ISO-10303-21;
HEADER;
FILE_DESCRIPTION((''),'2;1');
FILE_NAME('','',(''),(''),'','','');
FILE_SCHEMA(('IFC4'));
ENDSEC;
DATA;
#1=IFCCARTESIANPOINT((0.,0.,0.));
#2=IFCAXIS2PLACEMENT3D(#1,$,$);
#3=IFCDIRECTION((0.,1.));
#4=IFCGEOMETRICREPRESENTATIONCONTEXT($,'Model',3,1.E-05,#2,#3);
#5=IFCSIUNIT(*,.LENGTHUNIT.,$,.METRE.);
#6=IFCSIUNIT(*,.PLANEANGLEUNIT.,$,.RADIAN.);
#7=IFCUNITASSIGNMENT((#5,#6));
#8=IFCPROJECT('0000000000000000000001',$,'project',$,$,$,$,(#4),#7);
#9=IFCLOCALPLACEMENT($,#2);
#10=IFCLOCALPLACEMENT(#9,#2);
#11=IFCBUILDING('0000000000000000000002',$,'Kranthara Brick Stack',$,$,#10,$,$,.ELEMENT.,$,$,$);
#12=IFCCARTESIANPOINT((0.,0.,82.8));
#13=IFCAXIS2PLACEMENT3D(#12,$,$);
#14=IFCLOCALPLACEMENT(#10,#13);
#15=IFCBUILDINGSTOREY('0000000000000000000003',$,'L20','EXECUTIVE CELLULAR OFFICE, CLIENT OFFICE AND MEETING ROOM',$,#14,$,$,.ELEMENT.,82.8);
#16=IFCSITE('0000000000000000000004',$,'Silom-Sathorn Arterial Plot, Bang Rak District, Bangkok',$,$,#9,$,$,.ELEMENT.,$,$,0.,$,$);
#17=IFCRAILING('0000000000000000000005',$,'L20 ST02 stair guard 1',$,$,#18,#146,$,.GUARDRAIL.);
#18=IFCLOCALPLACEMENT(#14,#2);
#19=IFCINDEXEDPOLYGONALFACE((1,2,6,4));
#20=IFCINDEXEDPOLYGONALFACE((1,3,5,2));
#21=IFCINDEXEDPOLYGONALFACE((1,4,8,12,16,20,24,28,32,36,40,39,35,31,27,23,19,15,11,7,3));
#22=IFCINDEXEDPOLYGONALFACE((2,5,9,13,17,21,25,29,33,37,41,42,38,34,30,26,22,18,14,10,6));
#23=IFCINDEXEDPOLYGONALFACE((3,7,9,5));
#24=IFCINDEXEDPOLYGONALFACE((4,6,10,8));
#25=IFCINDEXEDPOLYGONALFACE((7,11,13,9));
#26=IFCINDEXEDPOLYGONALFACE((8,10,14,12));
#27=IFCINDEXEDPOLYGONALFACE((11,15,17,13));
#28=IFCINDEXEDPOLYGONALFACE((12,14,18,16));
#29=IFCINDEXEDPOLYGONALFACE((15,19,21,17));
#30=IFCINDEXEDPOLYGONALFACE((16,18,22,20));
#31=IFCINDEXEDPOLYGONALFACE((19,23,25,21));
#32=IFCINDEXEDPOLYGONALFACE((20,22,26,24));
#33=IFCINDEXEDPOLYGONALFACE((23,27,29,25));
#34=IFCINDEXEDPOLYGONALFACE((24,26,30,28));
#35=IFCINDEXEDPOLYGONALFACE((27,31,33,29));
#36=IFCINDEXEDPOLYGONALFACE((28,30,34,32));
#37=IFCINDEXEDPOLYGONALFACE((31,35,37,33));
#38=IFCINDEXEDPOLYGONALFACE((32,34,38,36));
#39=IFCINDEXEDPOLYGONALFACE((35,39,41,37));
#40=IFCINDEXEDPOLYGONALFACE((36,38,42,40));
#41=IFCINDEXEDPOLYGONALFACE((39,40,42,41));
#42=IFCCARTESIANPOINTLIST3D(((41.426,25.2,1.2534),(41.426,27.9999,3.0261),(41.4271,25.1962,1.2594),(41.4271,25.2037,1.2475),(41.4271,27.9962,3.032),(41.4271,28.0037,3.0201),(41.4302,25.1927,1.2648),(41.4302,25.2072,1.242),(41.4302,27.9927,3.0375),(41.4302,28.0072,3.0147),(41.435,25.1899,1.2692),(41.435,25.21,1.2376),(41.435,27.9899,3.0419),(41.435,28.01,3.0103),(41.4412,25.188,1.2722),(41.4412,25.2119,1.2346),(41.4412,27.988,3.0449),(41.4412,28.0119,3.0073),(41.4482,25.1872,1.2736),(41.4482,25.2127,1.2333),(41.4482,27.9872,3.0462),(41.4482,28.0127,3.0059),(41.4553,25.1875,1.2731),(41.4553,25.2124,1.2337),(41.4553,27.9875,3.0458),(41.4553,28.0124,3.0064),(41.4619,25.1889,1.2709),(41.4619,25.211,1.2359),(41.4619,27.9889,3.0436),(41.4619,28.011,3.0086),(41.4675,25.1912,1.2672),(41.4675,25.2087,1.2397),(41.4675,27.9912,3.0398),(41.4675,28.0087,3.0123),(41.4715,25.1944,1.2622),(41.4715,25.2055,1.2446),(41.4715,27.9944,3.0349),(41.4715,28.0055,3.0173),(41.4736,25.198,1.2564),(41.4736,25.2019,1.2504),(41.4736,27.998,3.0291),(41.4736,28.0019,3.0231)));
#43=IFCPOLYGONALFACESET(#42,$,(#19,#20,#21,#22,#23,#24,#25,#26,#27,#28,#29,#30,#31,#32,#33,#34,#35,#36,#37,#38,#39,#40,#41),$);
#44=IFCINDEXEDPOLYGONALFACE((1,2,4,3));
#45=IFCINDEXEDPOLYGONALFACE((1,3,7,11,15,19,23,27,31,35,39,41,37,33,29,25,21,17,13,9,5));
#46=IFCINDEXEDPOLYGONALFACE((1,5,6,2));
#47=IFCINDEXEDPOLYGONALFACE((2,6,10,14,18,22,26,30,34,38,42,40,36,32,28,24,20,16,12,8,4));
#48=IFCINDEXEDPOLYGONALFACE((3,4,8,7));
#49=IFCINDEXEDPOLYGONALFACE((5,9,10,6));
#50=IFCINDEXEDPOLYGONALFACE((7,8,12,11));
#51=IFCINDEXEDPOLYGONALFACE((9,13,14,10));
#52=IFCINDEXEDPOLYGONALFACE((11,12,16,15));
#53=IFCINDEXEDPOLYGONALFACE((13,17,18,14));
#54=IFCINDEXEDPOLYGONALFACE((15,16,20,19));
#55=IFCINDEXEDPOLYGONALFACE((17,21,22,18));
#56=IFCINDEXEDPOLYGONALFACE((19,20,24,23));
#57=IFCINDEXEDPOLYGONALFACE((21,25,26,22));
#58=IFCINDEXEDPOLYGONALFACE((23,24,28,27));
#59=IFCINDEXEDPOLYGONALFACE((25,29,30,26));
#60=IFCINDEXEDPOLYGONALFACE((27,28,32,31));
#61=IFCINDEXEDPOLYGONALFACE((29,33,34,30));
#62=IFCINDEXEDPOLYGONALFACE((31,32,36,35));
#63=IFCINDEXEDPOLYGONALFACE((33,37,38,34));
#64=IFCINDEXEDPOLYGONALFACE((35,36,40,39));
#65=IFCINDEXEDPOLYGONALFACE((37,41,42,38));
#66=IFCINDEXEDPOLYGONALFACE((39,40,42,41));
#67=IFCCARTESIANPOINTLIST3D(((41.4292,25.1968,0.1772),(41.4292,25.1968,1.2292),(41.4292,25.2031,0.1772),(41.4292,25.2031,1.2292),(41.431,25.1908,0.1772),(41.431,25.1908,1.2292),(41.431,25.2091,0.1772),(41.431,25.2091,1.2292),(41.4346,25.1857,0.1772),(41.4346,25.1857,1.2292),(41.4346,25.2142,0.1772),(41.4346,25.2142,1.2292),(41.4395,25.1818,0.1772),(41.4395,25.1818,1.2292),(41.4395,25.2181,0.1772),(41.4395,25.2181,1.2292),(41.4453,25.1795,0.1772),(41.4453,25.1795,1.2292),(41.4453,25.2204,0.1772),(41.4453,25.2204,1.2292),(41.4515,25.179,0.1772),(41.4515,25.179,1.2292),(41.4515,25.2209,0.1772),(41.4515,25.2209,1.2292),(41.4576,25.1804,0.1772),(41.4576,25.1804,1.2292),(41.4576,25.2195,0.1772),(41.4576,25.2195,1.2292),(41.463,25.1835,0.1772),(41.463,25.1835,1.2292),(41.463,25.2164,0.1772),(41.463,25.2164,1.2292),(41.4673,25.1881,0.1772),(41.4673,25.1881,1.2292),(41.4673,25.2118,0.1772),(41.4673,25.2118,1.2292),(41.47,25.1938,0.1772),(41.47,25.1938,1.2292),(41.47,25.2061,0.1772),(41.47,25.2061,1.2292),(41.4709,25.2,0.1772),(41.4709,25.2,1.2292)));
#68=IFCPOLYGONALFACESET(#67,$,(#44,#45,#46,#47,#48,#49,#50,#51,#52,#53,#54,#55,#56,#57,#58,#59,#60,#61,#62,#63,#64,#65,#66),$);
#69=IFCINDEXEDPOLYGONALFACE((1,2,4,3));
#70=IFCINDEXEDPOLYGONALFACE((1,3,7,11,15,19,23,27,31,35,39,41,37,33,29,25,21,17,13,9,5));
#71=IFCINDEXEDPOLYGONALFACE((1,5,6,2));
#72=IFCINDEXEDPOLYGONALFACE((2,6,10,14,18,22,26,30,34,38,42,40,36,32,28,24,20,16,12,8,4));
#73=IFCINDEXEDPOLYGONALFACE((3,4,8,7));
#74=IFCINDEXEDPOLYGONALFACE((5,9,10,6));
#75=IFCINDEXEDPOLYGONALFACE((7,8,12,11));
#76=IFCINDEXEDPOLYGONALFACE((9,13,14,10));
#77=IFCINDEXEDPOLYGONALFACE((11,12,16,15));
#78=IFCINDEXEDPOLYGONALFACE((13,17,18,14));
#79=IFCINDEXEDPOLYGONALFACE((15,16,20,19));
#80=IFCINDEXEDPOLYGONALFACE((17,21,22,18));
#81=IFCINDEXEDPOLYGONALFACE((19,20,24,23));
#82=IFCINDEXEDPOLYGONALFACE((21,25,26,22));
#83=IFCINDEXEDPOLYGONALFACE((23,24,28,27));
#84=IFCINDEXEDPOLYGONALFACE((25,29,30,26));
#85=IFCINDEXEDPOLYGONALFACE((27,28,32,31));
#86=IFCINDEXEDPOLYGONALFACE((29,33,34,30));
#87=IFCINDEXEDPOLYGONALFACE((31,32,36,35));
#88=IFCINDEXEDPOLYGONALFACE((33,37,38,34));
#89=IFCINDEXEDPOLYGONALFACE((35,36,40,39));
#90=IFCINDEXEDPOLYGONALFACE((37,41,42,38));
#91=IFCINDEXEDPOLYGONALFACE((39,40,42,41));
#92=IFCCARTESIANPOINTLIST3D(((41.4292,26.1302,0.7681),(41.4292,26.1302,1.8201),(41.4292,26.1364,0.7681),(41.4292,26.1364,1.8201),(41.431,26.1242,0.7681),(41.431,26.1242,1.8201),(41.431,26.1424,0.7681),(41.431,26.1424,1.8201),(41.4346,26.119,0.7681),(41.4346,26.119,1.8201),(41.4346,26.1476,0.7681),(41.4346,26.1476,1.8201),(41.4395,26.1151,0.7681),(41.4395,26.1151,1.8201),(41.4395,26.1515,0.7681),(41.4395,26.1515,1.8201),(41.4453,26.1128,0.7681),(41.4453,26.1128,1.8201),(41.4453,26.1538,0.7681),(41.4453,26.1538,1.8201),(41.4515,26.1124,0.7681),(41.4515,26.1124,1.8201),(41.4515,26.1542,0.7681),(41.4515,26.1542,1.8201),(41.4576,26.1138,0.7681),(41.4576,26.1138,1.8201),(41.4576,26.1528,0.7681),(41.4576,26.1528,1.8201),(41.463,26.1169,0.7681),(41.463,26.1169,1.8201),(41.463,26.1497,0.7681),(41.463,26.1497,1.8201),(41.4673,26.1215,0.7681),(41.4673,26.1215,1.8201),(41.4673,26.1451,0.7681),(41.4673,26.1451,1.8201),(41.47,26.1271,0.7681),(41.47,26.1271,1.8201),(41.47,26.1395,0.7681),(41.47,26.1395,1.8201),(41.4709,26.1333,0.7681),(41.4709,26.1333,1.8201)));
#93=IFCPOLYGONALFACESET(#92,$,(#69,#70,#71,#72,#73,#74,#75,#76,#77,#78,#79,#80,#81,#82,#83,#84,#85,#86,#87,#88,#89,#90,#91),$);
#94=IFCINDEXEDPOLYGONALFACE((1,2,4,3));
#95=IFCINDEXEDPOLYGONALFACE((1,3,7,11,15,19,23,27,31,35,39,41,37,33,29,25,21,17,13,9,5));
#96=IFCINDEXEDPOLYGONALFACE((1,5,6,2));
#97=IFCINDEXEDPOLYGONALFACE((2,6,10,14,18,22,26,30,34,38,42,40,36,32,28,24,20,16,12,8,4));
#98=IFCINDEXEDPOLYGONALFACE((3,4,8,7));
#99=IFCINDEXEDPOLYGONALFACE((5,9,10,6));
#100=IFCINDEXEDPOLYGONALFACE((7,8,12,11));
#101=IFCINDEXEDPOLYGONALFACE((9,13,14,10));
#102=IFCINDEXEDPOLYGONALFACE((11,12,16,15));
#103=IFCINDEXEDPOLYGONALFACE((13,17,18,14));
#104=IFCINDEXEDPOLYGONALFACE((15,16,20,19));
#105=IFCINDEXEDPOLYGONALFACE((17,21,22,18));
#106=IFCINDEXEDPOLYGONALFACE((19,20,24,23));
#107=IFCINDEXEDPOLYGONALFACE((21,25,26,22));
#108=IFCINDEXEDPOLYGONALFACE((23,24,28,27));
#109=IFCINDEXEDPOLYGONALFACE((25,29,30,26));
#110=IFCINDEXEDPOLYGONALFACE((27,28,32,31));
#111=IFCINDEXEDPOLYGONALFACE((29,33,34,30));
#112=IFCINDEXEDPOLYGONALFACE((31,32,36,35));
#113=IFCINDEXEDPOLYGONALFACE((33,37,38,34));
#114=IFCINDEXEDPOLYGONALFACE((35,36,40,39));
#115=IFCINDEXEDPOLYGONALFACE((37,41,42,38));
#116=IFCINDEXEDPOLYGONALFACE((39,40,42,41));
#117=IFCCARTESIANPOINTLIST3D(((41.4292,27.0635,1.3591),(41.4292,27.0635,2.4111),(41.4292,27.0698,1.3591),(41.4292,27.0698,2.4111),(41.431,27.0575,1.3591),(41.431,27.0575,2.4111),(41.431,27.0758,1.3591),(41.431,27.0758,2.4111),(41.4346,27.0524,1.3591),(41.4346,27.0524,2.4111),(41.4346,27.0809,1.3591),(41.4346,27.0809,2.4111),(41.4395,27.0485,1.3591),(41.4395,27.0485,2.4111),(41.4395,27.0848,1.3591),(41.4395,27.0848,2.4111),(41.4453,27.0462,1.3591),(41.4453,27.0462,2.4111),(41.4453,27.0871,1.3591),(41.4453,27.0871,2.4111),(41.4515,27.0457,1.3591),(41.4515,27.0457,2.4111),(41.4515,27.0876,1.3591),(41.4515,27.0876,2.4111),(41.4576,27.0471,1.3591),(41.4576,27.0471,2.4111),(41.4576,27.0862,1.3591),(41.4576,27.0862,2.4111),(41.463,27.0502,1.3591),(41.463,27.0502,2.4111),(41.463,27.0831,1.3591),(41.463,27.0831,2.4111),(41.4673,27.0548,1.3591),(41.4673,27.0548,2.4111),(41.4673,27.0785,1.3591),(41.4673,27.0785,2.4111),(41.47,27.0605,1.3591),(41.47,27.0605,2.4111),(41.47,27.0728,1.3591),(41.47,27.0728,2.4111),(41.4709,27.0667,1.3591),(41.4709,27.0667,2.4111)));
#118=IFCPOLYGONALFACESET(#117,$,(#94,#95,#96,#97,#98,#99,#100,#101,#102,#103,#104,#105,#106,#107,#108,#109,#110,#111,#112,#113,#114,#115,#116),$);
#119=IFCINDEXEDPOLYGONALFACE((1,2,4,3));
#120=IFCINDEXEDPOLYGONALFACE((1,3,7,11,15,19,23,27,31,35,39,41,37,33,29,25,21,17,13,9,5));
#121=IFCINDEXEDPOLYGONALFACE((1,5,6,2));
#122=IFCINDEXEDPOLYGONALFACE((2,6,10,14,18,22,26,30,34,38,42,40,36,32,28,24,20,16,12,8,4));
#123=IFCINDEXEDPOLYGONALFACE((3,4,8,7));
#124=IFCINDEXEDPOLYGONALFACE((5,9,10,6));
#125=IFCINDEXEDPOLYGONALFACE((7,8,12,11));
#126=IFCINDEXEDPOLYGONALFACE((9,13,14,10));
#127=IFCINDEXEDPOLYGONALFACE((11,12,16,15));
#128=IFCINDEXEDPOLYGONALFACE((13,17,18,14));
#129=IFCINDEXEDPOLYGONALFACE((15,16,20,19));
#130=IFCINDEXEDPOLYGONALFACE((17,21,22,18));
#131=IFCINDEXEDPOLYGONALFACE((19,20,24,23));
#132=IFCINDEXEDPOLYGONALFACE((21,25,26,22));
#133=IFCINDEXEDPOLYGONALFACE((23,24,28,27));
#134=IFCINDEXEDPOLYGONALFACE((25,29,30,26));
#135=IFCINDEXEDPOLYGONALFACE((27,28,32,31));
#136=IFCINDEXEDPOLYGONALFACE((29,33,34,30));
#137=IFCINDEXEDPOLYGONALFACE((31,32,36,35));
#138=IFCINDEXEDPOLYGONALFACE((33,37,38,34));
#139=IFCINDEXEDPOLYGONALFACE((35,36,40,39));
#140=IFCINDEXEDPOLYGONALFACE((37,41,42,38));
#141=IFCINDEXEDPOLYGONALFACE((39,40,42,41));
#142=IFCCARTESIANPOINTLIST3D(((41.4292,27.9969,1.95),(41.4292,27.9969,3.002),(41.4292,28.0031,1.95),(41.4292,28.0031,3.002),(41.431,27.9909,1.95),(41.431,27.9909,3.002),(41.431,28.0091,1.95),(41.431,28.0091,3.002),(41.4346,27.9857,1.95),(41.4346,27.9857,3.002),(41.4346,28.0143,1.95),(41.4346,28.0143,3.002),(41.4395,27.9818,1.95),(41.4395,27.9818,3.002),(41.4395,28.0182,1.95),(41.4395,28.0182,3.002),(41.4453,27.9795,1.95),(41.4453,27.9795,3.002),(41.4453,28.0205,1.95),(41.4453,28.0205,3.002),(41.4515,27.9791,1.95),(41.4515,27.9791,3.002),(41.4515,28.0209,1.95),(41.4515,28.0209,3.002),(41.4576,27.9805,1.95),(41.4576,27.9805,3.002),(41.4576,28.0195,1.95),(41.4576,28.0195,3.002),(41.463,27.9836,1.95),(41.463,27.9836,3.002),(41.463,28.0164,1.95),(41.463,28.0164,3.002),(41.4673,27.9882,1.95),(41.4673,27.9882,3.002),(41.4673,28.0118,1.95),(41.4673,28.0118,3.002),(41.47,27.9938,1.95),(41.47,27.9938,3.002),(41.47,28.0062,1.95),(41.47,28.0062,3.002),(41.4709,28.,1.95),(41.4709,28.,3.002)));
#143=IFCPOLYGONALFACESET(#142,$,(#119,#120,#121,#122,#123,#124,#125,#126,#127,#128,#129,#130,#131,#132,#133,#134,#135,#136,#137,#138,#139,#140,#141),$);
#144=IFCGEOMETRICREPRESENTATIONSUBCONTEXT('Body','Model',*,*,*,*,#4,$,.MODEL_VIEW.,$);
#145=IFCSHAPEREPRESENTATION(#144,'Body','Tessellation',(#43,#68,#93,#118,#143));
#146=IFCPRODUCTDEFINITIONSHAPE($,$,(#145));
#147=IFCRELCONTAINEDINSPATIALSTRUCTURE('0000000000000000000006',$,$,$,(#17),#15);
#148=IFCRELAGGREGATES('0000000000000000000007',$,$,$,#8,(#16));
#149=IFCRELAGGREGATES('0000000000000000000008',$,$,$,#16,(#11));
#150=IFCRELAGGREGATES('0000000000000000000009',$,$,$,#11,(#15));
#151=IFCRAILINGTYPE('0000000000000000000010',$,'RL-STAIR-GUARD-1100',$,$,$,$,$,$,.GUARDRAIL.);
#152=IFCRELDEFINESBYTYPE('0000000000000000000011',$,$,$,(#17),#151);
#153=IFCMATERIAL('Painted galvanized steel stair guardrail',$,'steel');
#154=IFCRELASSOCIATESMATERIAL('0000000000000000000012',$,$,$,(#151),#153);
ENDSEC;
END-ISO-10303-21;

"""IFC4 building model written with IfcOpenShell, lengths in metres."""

from ifc_helpers import new_model, si_unit, direction, frame, origin, origin_2d, place, context, subcontext, project, spatial, circle, extrude, material, type_object, element, save


model = new_model("IFC4")

# Units and contexts
model_context = context("Model", 3, precision=1e-05, world=origin(), true_north=direction((0.0, 1.0)))
body_context = subcontext(model_context, "Body", "Model", "MODEL_VIEW")
ifc_project = project(units=[si_unit("LENGTHUNIT", "METRE"), si_unit("PLANEANGLEUNIT", "RADIAN")], contexts=[model_context])

# Site, building, storey
site_placement = place(None, origin())
site = spatial("IfcSite", under=ifc_project, at=site_placement, Name="Silom-Sathorn Arterial Plot, Bang Rak District, Bangkok", CompositionType="ELEMENT", RefElevation=0.0)
building_placement = place(site_placement, origin())
building = spatial("IfcBuilding", under=site, at=building_placement, Name="Kranthara Brick Stack", CompositionType="ELEMENT")
storey_placement = place(building_placement, frame((0.0, 0.0, 82.8)))
storey = spatial("IfcBuildingStorey", under=building, at=storey_placement, Name="L20", Description="EXECUTIVE CELLULAR OFFICE, CLIENT OFFICE AND MEETING ROOM", CompositionType="ELEMENT", Elevation=82.8)

# Railing
ifc_material_1 = material(Name="Painted galvanized steel stair guardrail", Category="steel")
railing_type_1 = type_object("IfcRailingType", Name="RL-STAIR-GUARD-1100", PredefinedType="GUARDRAIL", material=ifc_material_1)
railing_1_placement = place(storey_placement, frame((41.45, 25.2, 0.1772)))
element("IfcRailing", 1, at=railing_1_placement, inside=storey, type_object=railing_type_1, Name="L20 ST02 stair guard 1", PredefinedType="GUARDRAIL", context=body_context, shape_type="SweptSolid", body=[
    extrude(circle(Radius=0.0239, at=origin_2d()), frame((0.0, 0.0, 1.0762), z_axis=(0.0, 0.844909, 0.53491), x_axis=(-1.0, 0.0, 0.0)), (0.0, 0.0, 1.0), 3.314),
    extrude(circle(Radius=0.021, at=origin_2d()), origin(), (0.0, 0.0, 1.0), 1.052),
    extrude(circle(Radius=0.021, at=origin_2d()), frame((0.0, 0.9333, 0.5908)), (0.0, 0.0, 1.0), 1.052),
    extrude(circle(Radius=0.021, at=origin_2d()), frame((0.0, 1.8667, 1.1819)), (0.0, 0.0, 1.0), 1.052),
    extrude(circle(Radius=0.021, at=origin_2d()), frame((0.0, 2.8, 1.7727)), (0.0, 0.0, 1.0), 1.052),
])

save(model, "model.ifc")
